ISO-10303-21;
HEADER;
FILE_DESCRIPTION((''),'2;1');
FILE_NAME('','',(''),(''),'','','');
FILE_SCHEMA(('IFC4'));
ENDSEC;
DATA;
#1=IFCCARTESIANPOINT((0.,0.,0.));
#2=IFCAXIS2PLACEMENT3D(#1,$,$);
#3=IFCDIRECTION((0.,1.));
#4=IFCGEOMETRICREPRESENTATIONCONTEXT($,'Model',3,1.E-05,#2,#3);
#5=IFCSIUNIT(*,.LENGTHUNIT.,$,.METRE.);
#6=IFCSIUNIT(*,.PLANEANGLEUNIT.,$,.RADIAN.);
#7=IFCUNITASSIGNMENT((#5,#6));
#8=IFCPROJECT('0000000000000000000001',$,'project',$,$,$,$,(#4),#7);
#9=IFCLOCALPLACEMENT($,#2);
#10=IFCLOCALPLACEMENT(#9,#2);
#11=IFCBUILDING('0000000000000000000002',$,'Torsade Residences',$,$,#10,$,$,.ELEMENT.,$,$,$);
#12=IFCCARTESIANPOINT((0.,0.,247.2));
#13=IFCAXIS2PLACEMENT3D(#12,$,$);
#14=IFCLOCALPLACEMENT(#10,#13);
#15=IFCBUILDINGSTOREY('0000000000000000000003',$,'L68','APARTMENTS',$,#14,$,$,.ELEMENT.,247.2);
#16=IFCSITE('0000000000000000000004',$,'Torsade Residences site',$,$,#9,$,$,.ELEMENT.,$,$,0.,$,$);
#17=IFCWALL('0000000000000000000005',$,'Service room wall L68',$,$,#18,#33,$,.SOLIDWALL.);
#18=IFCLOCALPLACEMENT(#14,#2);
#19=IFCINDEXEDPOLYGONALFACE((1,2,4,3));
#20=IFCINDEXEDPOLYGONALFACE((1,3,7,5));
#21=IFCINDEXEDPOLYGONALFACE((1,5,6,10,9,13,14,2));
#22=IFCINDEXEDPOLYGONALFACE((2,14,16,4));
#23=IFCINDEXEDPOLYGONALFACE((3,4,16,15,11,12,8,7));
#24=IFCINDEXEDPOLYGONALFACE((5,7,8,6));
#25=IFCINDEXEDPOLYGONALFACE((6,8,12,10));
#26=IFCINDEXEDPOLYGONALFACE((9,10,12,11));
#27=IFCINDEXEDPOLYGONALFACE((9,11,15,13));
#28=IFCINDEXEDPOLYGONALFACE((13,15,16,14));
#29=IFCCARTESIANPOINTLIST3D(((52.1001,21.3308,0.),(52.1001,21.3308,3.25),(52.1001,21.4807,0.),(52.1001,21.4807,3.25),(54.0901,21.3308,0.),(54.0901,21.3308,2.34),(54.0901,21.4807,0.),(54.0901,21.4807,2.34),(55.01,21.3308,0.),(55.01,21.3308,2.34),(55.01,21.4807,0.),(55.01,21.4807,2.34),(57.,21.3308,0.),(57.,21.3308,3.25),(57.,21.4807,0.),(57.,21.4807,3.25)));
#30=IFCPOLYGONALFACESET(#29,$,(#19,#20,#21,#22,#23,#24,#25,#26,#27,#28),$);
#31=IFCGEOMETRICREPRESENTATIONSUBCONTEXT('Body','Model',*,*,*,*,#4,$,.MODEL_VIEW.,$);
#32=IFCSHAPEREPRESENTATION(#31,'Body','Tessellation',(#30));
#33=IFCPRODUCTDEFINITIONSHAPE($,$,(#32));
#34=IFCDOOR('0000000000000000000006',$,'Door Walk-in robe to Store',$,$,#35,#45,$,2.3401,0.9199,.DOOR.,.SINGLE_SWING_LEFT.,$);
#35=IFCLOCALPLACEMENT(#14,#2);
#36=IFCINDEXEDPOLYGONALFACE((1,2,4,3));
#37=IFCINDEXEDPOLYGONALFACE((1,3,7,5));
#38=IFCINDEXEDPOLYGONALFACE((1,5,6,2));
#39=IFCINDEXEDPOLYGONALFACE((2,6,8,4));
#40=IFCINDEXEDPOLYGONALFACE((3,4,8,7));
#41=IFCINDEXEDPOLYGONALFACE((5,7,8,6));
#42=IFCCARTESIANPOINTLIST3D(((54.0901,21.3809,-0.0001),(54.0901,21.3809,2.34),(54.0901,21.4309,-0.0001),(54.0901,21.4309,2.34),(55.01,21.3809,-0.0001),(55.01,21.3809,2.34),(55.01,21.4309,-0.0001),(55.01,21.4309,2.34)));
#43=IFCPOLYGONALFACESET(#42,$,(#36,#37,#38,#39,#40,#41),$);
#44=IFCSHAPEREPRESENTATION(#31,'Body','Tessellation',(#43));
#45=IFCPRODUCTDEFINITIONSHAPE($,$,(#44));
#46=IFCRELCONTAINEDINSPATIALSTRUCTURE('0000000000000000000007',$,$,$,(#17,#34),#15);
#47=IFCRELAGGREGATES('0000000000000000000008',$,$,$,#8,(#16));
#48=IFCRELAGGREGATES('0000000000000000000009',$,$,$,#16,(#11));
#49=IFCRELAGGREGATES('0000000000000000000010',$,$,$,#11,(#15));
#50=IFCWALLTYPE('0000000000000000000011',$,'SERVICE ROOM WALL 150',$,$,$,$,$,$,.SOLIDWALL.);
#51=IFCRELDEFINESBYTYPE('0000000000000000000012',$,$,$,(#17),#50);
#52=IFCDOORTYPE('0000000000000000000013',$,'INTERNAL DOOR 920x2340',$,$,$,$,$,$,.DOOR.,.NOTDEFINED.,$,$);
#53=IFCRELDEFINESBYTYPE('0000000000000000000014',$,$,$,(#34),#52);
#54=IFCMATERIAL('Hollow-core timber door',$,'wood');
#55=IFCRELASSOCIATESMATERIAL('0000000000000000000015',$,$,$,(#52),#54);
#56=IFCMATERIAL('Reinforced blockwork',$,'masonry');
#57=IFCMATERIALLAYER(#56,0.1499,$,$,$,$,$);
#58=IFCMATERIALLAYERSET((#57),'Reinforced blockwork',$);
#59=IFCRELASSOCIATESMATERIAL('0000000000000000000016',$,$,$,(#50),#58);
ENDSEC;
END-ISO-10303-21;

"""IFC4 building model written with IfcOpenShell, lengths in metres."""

from ifc_helpers import new_model, si_unit, direction, frame, frame_2d, origin, place, context, subcontext, project, spatial, rectangle, extrude, material, layer, layer_set, type_object, element, fill, save


model = new_model("IFC4")

# Units and contexts
model_context = context("Model", 3, precision=1e-05, world=origin(), true_north=direction((0.0, 1.0)))
body_context = subcontext(model_context, "Body", "Model", "MODEL_VIEW")
ifc_project = project(units=[si_unit("LENGTHUNIT", "METRE"), si_unit("PLANEANGLEUNIT", "RADIAN")], contexts=[model_context])

# Site, building, storey
site_placement = place(None, origin())
site = spatial("IfcSite", under=ifc_project, at=site_placement, Name="Torsade Residences site", CompositionType="ELEMENT", RefElevation=0.0)
building_placement = place(site_placement, origin())
building = spatial("IfcBuilding", under=site, at=building_placement, Name="Torsade Residences", CompositionType="ELEMENT")
storey_placement = place(building_placement, frame((0.0, 0.0, 247.2)))
storey = spatial("IfcBuildingStorey", under=building, at=storey_placement, Name="L68", Description="APARTMENTS", CompositionType="ELEMENT", Elevation=247.2)

# Shared definitions
ifc_material_1 = material(Name="Hollow-core timber door", Category="wood")
door_type_1 = type_object("IfcDoorType", Name="INTERNAL DOOR 920x2340", OperationType="NOTDEFINED", PredefinedType="DOOR", material=ifc_material_1)
ifc_material_2 = material(Name="Reinforced blockwork", Category="masonry")
ifc_layer_1 = layer(ifc_material_2, 0.1499)
ifc_layer_set_1 = layer_set([ifc_layer_1], Name="Reinforced blockwork")
wall_type_1 = type_object("IfcWallType", Name="SERVICE ROOM WALL 150", PredefinedType="SOLIDWALL", material=ifc_layer_set_1)

# Wall, opening, door
wall_1_placement = place(storey_placement, frame((57.0, 21.4058, 0.0), z_axis=(0.0, 0.0, 1.0), x_axis=(-1.0, 0.0, 0.0)))
wall_1 = element("IfcWall", 1, at=wall_1_placement, inside=storey, type_object=wall_type_1, Name="Service room wall L68", PredefinedType="SOLIDWALL", context=body_context, shape_type="SweptSolid", body=[
    extrude(rectangle(XDim=4.8999, YDim=0.1499, at=frame_2d((2.45, 0.0))), origin(), (0.0, 0.0, 1.0), 3.25),
])
opening_1_placement = place(wall_1_placement, frame((1.99, 0.0, 0.0)))
opening_1 = element("IfcOpeningElement", 2, at=opening_1_placement, cuts=wall_1, PredefinedType="OPENING", context=body_context, shape_type="SweptSolid", body=[
    extrude(rectangle(XDim=0.9199, YDim=2.3401, at=frame_2d((0.46, 1.1699))), frame((0.0, 0.085, 0.0), z_axis=(0.0, -1.0, 0.0), x_axis=(1.0, 0.0, 0.0)), (0.0, 0.0, 1.0), 0.1699),
])
door_1_placement = place(opening_1_placement, origin())
door_1 = element("IfcDoor", 3, at=door_1_placement, inside=storey, type_object=door_type_1, Name="Door Walk-in robe to Store", OperationType="SINGLE_SWING_LEFT", OverallHeight=2.3401, OverallWidth=0.9199, PredefinedType="DOOR", context=body_context, shape_type="SweptSolid", body=[
    extrude(rectangle(XDim=0.9199, YDim=2.3401, at=frame_2d((0.46, 1.1699))), frame((0.0, 0.0249, 0.0), z_axis=(0.0, -1.0, 0.0), x_axis=(1.0, 0.0, 0.0)), (0.0, 0.0, 1.0), 0.05),
])
fill(opening_1, door_1)

save(model, "model.ifc")
